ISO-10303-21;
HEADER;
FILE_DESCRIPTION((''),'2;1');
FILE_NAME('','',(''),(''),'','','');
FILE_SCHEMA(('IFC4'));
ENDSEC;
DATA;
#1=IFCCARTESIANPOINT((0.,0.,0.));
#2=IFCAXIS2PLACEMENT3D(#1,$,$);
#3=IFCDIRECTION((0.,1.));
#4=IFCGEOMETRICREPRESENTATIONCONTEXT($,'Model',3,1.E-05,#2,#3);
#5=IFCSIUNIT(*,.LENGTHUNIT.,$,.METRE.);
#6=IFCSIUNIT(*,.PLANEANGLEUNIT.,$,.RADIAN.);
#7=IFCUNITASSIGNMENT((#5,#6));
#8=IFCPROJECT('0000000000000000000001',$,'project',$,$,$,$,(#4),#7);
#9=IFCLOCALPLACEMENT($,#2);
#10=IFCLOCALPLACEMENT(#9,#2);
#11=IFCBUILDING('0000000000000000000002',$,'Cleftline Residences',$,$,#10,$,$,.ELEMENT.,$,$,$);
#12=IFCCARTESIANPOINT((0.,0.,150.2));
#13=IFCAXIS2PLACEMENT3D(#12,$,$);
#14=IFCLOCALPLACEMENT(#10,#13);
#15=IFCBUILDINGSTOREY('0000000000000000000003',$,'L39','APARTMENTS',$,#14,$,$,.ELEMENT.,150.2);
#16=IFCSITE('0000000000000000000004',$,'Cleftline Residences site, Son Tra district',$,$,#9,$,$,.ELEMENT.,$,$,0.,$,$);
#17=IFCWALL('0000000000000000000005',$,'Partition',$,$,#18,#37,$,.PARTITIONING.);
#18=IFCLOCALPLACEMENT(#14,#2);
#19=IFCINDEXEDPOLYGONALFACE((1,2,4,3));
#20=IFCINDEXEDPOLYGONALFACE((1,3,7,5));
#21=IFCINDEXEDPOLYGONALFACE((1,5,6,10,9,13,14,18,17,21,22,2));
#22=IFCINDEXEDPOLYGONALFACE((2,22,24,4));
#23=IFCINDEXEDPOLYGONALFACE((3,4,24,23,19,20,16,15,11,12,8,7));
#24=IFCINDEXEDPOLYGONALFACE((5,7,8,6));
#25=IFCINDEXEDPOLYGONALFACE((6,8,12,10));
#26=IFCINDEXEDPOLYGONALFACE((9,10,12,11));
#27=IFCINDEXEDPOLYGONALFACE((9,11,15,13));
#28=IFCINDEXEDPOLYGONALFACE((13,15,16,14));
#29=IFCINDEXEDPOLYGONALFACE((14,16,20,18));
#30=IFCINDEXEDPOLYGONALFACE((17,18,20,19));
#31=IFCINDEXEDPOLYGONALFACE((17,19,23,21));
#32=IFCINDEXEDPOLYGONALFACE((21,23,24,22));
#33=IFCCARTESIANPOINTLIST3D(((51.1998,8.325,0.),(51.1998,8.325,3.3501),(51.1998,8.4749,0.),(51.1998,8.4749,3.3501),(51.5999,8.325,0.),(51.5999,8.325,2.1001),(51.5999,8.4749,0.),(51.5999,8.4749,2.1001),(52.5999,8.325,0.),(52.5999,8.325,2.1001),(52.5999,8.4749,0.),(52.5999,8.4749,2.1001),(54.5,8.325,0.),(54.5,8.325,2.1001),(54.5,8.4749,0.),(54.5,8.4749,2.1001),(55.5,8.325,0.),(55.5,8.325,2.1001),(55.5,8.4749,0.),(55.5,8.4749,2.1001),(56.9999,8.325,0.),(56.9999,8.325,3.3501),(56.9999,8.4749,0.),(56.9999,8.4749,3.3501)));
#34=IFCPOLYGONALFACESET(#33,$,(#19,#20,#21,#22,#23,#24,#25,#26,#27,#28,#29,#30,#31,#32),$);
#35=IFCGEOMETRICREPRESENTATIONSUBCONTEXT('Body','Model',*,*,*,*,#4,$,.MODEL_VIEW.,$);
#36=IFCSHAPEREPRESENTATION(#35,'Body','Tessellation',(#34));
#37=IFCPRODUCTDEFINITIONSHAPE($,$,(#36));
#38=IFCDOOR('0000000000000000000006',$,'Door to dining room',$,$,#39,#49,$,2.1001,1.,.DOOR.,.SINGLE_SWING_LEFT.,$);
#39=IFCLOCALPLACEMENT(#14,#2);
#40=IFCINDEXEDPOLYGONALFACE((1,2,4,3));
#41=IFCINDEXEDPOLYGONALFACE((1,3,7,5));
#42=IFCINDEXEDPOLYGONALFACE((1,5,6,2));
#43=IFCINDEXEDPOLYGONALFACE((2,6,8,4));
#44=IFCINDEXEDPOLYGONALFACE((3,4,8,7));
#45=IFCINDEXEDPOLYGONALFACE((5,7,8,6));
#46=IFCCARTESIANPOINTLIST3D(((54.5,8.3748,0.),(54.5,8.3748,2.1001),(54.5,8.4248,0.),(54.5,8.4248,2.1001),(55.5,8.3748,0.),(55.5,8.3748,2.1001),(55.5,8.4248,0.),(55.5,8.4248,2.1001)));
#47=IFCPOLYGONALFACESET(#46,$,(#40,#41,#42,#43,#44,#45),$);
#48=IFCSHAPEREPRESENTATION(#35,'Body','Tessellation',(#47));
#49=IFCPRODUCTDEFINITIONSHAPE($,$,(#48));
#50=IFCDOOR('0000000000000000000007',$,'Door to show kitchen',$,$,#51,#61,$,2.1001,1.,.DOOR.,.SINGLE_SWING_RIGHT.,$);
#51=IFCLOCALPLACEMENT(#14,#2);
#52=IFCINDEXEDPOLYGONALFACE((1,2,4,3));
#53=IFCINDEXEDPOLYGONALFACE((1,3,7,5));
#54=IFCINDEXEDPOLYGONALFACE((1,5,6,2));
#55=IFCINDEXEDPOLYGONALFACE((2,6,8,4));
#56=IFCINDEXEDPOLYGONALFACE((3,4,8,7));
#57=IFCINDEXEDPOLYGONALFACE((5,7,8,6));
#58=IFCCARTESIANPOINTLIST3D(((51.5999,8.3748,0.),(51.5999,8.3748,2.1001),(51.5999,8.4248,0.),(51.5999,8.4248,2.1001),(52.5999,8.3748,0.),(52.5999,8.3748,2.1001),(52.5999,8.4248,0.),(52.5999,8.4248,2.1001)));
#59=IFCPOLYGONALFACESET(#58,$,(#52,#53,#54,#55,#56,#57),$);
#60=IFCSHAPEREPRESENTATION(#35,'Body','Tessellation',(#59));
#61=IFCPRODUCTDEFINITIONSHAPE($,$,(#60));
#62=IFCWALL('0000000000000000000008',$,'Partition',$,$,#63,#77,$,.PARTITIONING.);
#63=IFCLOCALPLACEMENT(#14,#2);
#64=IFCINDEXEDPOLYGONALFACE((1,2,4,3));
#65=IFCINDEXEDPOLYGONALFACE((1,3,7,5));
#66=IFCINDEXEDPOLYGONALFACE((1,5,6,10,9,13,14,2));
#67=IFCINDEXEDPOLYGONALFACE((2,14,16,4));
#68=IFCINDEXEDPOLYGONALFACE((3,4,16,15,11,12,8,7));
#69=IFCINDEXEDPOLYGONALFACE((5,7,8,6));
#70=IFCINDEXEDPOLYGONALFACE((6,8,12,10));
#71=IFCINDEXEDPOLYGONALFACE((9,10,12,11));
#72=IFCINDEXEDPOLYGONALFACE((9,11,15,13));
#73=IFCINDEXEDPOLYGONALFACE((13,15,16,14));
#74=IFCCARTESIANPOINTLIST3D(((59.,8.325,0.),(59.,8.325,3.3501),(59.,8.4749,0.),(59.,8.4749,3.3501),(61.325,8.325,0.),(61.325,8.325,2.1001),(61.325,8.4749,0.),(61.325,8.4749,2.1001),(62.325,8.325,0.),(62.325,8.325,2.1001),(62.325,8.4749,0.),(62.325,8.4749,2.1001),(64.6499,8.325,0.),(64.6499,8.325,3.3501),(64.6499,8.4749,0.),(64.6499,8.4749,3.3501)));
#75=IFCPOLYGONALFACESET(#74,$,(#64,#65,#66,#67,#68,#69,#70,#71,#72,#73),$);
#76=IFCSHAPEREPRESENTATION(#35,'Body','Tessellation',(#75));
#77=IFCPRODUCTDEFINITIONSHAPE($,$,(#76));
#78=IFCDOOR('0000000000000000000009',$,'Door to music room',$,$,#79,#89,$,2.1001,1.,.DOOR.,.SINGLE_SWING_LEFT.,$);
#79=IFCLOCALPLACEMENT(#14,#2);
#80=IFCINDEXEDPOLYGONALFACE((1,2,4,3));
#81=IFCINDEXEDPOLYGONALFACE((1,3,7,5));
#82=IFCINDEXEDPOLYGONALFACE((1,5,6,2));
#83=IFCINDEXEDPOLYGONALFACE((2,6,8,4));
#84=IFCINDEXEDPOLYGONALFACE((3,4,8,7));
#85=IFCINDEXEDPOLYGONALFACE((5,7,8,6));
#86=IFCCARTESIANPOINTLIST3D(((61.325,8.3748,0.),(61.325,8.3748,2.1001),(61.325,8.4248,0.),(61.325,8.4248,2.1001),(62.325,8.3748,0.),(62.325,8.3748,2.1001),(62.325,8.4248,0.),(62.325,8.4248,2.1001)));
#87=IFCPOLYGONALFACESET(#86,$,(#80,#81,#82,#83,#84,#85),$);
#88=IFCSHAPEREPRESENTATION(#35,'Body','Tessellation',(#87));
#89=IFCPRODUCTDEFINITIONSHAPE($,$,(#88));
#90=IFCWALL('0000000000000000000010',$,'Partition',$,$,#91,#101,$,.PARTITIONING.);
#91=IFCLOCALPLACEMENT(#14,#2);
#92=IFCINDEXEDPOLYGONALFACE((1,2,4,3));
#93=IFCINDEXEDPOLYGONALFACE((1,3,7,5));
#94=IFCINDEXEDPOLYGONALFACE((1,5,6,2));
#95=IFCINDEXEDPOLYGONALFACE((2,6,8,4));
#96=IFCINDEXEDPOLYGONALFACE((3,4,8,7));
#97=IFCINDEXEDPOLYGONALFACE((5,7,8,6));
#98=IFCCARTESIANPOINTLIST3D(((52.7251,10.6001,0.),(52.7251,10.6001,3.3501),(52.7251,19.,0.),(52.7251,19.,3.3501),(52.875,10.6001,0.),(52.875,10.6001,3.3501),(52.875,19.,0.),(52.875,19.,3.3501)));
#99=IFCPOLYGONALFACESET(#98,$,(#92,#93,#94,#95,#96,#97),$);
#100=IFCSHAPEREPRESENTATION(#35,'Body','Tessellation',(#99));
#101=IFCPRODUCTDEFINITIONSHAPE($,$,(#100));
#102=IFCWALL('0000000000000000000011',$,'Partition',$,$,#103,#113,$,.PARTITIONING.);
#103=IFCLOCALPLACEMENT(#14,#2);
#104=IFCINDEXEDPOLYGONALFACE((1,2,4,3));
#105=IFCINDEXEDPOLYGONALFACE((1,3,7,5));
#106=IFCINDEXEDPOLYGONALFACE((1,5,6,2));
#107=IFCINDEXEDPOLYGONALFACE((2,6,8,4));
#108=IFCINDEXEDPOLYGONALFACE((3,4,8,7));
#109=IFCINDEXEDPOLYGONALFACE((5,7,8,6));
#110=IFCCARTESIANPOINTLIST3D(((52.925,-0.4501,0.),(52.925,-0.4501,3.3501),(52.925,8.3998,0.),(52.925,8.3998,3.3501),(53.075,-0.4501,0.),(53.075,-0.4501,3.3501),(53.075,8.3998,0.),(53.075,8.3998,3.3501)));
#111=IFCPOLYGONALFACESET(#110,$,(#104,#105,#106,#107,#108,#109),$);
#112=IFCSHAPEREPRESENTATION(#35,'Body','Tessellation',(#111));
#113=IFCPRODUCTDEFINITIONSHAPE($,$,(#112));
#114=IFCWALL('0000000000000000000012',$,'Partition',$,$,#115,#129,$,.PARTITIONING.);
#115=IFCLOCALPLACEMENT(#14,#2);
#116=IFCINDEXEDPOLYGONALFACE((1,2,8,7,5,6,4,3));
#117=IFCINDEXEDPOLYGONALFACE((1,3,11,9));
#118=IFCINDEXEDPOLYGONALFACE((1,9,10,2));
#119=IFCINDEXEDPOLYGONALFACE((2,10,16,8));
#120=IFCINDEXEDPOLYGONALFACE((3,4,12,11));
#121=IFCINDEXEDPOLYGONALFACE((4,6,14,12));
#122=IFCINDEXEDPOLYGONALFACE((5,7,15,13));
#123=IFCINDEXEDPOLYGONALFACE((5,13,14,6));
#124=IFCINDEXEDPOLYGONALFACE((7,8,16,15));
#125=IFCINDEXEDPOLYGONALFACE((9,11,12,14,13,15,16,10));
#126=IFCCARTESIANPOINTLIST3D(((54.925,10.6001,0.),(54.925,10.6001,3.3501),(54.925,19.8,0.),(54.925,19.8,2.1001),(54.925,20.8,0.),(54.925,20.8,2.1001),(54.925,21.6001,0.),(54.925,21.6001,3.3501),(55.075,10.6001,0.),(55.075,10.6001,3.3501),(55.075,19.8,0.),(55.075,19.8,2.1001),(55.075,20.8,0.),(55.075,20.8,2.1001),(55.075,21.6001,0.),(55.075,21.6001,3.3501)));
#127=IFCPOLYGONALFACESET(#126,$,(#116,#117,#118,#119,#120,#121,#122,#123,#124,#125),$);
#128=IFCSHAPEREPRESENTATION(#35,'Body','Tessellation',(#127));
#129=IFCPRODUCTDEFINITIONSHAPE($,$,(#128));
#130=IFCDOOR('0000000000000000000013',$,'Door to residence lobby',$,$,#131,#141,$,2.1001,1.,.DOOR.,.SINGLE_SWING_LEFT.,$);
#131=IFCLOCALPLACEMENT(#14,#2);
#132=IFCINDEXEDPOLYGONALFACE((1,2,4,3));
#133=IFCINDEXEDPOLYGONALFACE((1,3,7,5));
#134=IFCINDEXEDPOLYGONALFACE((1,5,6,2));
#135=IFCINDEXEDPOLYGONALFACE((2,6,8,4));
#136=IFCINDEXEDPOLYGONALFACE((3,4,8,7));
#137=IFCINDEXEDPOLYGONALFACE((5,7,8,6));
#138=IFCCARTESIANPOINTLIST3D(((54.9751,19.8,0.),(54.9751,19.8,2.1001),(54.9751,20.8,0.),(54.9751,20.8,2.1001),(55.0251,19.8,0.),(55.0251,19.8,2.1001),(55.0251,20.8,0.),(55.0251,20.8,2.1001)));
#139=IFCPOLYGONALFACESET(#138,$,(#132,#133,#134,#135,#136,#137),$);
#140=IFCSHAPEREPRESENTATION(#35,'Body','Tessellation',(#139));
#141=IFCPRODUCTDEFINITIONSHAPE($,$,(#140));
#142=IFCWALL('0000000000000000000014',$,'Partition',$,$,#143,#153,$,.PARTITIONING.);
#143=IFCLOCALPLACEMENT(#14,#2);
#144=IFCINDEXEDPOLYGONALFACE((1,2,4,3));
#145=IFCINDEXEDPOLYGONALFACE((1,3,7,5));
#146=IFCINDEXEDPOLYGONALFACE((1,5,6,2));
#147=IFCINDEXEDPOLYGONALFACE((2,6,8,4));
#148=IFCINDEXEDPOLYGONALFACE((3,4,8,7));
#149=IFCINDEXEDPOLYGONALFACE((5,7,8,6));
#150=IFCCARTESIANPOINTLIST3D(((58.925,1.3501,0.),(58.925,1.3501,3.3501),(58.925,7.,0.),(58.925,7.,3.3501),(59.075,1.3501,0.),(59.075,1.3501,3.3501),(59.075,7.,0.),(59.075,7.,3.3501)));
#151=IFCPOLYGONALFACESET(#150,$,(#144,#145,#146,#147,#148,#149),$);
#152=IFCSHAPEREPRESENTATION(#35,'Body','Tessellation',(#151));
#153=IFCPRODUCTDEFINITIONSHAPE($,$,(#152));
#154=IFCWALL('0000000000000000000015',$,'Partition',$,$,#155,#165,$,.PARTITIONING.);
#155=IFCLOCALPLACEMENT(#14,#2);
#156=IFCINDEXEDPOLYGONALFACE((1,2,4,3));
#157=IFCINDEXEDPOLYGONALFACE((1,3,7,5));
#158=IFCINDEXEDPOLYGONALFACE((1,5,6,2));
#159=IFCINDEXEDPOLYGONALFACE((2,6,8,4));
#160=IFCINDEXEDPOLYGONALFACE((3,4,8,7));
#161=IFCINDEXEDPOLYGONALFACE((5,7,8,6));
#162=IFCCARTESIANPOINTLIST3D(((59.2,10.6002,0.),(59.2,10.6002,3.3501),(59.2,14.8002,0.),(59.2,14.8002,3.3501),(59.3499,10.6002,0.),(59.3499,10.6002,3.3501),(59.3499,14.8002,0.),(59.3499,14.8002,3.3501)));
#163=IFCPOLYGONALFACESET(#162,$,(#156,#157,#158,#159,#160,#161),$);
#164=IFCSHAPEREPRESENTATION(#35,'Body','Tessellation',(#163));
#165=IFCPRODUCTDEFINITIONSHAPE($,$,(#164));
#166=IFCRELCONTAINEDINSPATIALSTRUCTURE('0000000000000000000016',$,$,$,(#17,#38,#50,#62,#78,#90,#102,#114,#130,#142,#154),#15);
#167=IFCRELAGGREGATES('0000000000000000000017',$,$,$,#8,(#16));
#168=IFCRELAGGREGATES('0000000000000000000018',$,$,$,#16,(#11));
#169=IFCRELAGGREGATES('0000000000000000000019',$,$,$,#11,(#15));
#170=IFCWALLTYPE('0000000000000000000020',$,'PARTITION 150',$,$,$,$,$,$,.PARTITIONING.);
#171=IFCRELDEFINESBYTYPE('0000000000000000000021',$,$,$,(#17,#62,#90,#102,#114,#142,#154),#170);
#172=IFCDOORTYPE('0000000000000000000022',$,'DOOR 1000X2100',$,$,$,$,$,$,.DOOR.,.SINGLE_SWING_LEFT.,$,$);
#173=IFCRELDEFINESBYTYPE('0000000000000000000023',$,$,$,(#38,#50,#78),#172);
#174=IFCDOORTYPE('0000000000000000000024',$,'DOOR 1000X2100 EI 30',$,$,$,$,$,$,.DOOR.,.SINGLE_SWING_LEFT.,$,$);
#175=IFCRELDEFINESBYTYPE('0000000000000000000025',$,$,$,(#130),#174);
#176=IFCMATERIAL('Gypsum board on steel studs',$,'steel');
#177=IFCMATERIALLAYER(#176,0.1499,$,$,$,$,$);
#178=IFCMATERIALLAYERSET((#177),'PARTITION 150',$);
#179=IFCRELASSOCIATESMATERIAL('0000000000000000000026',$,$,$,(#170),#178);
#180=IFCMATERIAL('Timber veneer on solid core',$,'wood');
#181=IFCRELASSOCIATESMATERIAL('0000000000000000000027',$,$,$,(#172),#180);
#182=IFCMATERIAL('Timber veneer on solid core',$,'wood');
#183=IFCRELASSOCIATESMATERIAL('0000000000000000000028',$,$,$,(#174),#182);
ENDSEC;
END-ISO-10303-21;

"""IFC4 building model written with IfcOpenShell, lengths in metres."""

from ifc_helpers import new_model, si_unit, direction, frame, frame_2d, origin, place, context, subcontext, project, spatial, rectangle, extrude, material, layer, layer_set, type_object, element, fill, save


model = new_model("IFC4")

# Units and contexts
model_context = context("Model", 3, precision=1e-05, world=origin(), true_north=direction((0.0, 1.0)))
body_context = subcontext(model_context, "Body", "Model", "MODEL_VIEW")
ifc_project = project(units=[si_unit("LENGTHUNIT", "METRE"), si_unit("PLANEANGLEUNIT", "RADIAN")], contexts=[model_context])

# Site, building, storey
site_placement = place(None, origin())
site = spatial("IfcSite", under=ifc_project, at=site_placement, Name="Cleftline Residences site, Son Tra district", CompositionType="ELEMENT", RefElevation=0.0)
building_placement = place(site_placement, origin())
building = spatial("IfcBuilding", under=site, at=building_placement, Name="Cleftline Residences", CompositionType="ELEMENT")
storey_placement = place(building_placement, frame((0.0, 0.0, 150.2)))
storey = spatial("IfcBuildingStorey", under=building, at=storey_placement, Name="L39", Description="APARTMENTS", CompositionType="ELEMENT", Elevation=150.2)

# Wall, openings, doors
ifc_material_1 = material(Name="Gypsum board on steel studs", Category="steel")
ifc_layer_1 = layer(ifc_material_1, 0.1499)
ifc_layer_set_1 = layer_set([ifc_layer_1], Name="PARTITION 150")
wall_type_1 = type_object("IfcWallType", Name="PARTITION 150", PredefinedType="PARTITIONING", material=ifc_layer_set_1)
wall_1_placement = place(storey_placement, frame((51.2, 8.3999, 0.0), z_axis=(0.0, 0.0, 1.0), x_axis=(1.0, 0.0, 0.0)))
wall_1 = element("IfcWall", 1, at=wall_1_placement, inside=storey, type_object=wall_type_1, Name="Partition", PredefinedType="PARTITIONING", context=body_context, shape_type="SweptSolid", body=[
    extrude(rectangle(XDim=5.8, YDim=0.1499, at=frame_2d((2.8999, 0.0))), origin(), (0.0, 0.0, 1.0), 3.3501),
])
opening_1_placement = place(wall_1_placement, frame((3.3, 0.0, 0.0)))
opening_1 = element("IfcOpeningElement", 2, at=opening_1_placement, cuts=wall_1, PredefinedType="OPENING", context=body_context, shape_type="SweptSolid", body=[
    extrude(rectangle(XDim=1.0, YDim=2.1001, at=frame_2d((0.5, 1.05))), frame((0.0, 0.085, 0.0), z_axis=(0.0, -1.0, 0.0), x_axis=(1.0, 0.0, 0.0)), (0.0, 0.0, 1.0), 0.1699),
])
opening_2_placement = place(wall_1_placement, frame((0.3999, 0.0, 0.0)))
opening_2 = element("IfcOpeningElement", 3, at=opening_2_placement, cuts=wall_1, PredefinedType="OPENING", context=body_context, shape_type="SweptSolid", body=[
    extrude(rectangle(XDim=1.0, YDim=2.1001, at=frame_2d((0.5, 1.05))), frame((0.0, 0.085, 0.0), z_axis=(0.0, -1.0, 0.0), x_axis=(1.0, 0.0, 0.0)), (0.0, 0.0, 1.0), 0.1699),
])
ifc_material_2 = material(Name="Timber veneer on solid core", Category="wood")
door_type_1 = type_object("IfcDoorType", Name="DOOR 1000X2100", OperationType="SINGLE_SWING_LEFT", PredefinedType="DOOR", material=ifc_material_2)
door_1_placement = place(opening_1_placement, origin())
door_1 = element("IfcDoor", 4, at=door_1_placement, inside=storey, type_object=door_type_1, Name="Door to dining room", OperationType="SINGLE_SWING_LEFT", OverallHeight=2.1001, OverallWidth=1.0, PredefinedType="DOOR", context=body_context, shape_type="SweptSolid", body=[
    extrude(rectangle(XDim=1.0, YDim=2.1001, at=frame_2d((0.5, 1.05))), frame((0.0, 0.0249, 0.0), z_axis=(0.0, -1.0, 0.0), x_axis=(1.0, 0.0, 0.0)), (0.0, 0.0, 1.0), 0.05),
])
fill(opening_1, door_1)
door_2_placement = place(opening_2_placement, origin())
door_2 = element("IfcDoor", 5, at=door_2_placement, inside=storey, type_object=door_type_1, Name="Door to show kitchen", OperationType="SINGLE_SWING_RIGHT", OverallHeight=2.1001, OverallWidth=1.0, PredefinedType="DOOR", context=body_context, shape_type="SweptSolid", body=[
    extrude(rectangle(XDim=1.0, YDim=2.1001, at=frame_2d((0.5, 1.05))), frame((0.0, 0.0249, 0.0), z_axis=(0.0, -1.0, 0.0), x_axis=(1.0, 0.0, 0.0)), (0.0, 0.0, 1.0), 0.05),
])
fill(opening_2, door_2)

# Wall, opening, door
wall_2_placement = place(storey_placement, frame((59.0, 8.3999, 0.0), z_axis=(0.0, 0.0, 1.0), x_axis=(1.0, 0.0, 0.0)))
wall_2 = element("IfcWall", 6, at=wall_2_placement, inside=storey, type_object=wall_type_1, Name="Partition", PredefinedType="PARTITIONING", context=body_context, shape_type="SweptSolid", body=[
    extrude(rectangle(XDim=5.6499, YDim=0.1499, at=frame_2d((2.825, 0.0))), origin(), (0.0, 0.0, 1.0), 3.3501),
])
opening_3_placement = place(wall_2_placement, frame((2.325, 0.0, 0.0)))
opening_3 = element("IfcOpeningElement", 7, at=opening_3_placement, cuts=wall_2, PredefinedType="OPENING", context=body_context, shape_type="SweptSolid", body=[
    extrude(rectangle(XDim=1.0, YDim=2.1001, at=frame_2d((0.5, 1.05))), frame((0.0, 0.085, 0.0), z_axis=(0.0, -1.0, 0.0), x_axis=(1.0, 0.0, 0.0)), (0.0, 0.0, 1.0), 0.1699),
])
door_3_placement = place(opening_3_placement, origin())
door_3 = element("IfcDoor", 8, at=door_3_placement, inside=storey, type_object=door_type_1, Name="Door to music room", OperationType="SINGLE_SWING_LEFT", OverallHeight=2.1001, OverallWidth=1.0, PredefinedType="DOOR", context=body_context, shape_type="SweptSolid", body=[
    extrude(rectangle(XDim=1.0, YDim=2.1001, at=frame_2d((0.5, 1.05))), frame((0.0, 0.0249, 0.0), z_axis=(0.0, -1.0, 0.0), x_axis=(1.0, 0.0, 0.0)), (0.0, 0.0, 1.0), 0.05),
])
fill(opening_3, door_3)

# Walls
wall_3_placement = place(storey_placement, frame((52.8, 10.6001, 0.0), z_axis=(0.0, 0.0, 1.0), x_axis=(0.0, 1.0, 0.0)))
element("IfcWall", 9, at=wall_3_placement, inside=storey, type_object=wall_type_1, Name="Partition", PredefinedType="PARTITIONING", context=body_context, shape_type="SweptSolid", body=[
    extrude(rectangle(XDim=8.3999, YDim=0.1499, at=frame_2d((4.2, 0.0))), origin(), (0.0, 0.0, 1.0), 3.3501),
])
wall_4_placement = place(storey_placement, frame((53.0, -0.45, 0.0), z_axis=(0.0, 0.0, 1.0), x_axis=(0.0, 1.0, 0.0)))
element("IfcWall", 10, at=wall_4_placement, inside=storey, type_object=wall_type_1, Name="Partition", PredefinedType="PARTITIONING", context=body_context, shape_type="SweptSolid", body=[
    extrude(rectangle(XDim=8.8499, YDim=0.1499, at=frame_2d((4.4248, 0.0))), origin(), (0.0, 0.0, 1.0), 3.3501),
])

# Wall, opening, door
wall_5_placement = place(storey_placement, frame((55.0, 10.6001, 0.0), z_axis=(0.0, 0.0, 1.0), x_axis=(0.0, 1.0, 0.0)))
wall_5 = element("IfcWall", 11, at=wall_5_placement, inside=storey, type_object=wall_type_1, Name="Partition", PredefinedType="PARTITIONING", context=body_context, shape_type="SweptSolid", body=[
    extrude(rectangle(XDim=11.0, YDim=0.1499, at=frame_2d((5.5, 0.0))), origin(), (0.0, 0.0, 1.0), 3.3501),
])
opening_4_placement = place(wall_5_placement, frame((9.2, 0.0, 0.0)))
opening_4 = element("IfcOpeningElement", 12, at=opening_4_placement, cuts=wall_5, PredefinedType="OPENING", context=body_context, shape_type="SweptSolid", body=[
    extrude(rectangle(XDim=1.0, YDim=2.1001, at=frame_2d((0.5, 1.05))), frame((0.0, 0.085, 0.0), z_axis=(0.0, -1.0, 0.0), x_axis=(1.0, 0.0, 0.0)), (0.0, 0.0, 1.0), 0.1699),
])
ifc_material_3 = material(Name="Timber veneer on solid core", Category="wood")
door_type_2 = type_object("IfcDoorType", Name="DOOR 1000X2100 EI 30", OperationType="SINGLE_SWING_LEFT", PredefinedType="DOOR", material=ifc_material_3)
door_4_placement = place(opening_4_placement, origin())
door_4 = element("IfcDoor", 13, at=door_4_placement, inside=storey, type_object=door_type_2, Name="Door to residence lobby", OperationType="SINGLE_SWING_LEFT", OverallHeight=2.1001, OverallWidth=1.0, PredefinedType="DOOR", context=body_context, shape_type="SweptSolid", body=[
    extrude(rectangle(XDim=1.0, YDim=2.1001, at=frame_2d((0.5, 1.05))), frame((0.0, 0.0249, 0.0), z_axis=(0.0, -1.0, 0.0), x_axis=(1.0, 0.0, 0.0)), (0.0, 0.0, 1.0), 0.05),
])
fill(opening_4, door_4)

# Walls
wall_6_placement = place(storey_placement, frame((59.0, 1.3501, 0.0), z_axis=(0.0, 0.0, 1.0), x_axis=(0.0, 1.0, 0.0)))
element("IfcWall", 14, at=wall_6_placement, inside=storey, type_object=wall_type_1, Name="Partition", PredefinedType="PARTITIONING", context=body_context, shape_type="SweptSolid", body=[
    extrude(rectangle(XDim=5.6499, YDim=0.1499, at=frame_2d((2.825, 0.0))), origin(), (0.0, 0.0, 1.0), 3.3501),
])
wall_7_placement = place(storey_placement, frame((59.2749, 10.6001, 0.0), z_axis=(0.0, 0.0, 1.0), x_axis=(0.0, 1.0, 0.0)))
element("IfcWall", 15, at=wall_7_placement, inside=storey, type_object=wall_type_1, Name="Partition", PredefinedType="PARTITIONING", context=body_context, shape_type="SweptSolid", body=[
    extrude(rectangle(XDim=4.2, YDim=0.1499, at=frame_2d((2.1001, 0.0))), origin(), (0.0, 0.0, 1.0), 3.3501),
])

save(model, "model.ifc")
